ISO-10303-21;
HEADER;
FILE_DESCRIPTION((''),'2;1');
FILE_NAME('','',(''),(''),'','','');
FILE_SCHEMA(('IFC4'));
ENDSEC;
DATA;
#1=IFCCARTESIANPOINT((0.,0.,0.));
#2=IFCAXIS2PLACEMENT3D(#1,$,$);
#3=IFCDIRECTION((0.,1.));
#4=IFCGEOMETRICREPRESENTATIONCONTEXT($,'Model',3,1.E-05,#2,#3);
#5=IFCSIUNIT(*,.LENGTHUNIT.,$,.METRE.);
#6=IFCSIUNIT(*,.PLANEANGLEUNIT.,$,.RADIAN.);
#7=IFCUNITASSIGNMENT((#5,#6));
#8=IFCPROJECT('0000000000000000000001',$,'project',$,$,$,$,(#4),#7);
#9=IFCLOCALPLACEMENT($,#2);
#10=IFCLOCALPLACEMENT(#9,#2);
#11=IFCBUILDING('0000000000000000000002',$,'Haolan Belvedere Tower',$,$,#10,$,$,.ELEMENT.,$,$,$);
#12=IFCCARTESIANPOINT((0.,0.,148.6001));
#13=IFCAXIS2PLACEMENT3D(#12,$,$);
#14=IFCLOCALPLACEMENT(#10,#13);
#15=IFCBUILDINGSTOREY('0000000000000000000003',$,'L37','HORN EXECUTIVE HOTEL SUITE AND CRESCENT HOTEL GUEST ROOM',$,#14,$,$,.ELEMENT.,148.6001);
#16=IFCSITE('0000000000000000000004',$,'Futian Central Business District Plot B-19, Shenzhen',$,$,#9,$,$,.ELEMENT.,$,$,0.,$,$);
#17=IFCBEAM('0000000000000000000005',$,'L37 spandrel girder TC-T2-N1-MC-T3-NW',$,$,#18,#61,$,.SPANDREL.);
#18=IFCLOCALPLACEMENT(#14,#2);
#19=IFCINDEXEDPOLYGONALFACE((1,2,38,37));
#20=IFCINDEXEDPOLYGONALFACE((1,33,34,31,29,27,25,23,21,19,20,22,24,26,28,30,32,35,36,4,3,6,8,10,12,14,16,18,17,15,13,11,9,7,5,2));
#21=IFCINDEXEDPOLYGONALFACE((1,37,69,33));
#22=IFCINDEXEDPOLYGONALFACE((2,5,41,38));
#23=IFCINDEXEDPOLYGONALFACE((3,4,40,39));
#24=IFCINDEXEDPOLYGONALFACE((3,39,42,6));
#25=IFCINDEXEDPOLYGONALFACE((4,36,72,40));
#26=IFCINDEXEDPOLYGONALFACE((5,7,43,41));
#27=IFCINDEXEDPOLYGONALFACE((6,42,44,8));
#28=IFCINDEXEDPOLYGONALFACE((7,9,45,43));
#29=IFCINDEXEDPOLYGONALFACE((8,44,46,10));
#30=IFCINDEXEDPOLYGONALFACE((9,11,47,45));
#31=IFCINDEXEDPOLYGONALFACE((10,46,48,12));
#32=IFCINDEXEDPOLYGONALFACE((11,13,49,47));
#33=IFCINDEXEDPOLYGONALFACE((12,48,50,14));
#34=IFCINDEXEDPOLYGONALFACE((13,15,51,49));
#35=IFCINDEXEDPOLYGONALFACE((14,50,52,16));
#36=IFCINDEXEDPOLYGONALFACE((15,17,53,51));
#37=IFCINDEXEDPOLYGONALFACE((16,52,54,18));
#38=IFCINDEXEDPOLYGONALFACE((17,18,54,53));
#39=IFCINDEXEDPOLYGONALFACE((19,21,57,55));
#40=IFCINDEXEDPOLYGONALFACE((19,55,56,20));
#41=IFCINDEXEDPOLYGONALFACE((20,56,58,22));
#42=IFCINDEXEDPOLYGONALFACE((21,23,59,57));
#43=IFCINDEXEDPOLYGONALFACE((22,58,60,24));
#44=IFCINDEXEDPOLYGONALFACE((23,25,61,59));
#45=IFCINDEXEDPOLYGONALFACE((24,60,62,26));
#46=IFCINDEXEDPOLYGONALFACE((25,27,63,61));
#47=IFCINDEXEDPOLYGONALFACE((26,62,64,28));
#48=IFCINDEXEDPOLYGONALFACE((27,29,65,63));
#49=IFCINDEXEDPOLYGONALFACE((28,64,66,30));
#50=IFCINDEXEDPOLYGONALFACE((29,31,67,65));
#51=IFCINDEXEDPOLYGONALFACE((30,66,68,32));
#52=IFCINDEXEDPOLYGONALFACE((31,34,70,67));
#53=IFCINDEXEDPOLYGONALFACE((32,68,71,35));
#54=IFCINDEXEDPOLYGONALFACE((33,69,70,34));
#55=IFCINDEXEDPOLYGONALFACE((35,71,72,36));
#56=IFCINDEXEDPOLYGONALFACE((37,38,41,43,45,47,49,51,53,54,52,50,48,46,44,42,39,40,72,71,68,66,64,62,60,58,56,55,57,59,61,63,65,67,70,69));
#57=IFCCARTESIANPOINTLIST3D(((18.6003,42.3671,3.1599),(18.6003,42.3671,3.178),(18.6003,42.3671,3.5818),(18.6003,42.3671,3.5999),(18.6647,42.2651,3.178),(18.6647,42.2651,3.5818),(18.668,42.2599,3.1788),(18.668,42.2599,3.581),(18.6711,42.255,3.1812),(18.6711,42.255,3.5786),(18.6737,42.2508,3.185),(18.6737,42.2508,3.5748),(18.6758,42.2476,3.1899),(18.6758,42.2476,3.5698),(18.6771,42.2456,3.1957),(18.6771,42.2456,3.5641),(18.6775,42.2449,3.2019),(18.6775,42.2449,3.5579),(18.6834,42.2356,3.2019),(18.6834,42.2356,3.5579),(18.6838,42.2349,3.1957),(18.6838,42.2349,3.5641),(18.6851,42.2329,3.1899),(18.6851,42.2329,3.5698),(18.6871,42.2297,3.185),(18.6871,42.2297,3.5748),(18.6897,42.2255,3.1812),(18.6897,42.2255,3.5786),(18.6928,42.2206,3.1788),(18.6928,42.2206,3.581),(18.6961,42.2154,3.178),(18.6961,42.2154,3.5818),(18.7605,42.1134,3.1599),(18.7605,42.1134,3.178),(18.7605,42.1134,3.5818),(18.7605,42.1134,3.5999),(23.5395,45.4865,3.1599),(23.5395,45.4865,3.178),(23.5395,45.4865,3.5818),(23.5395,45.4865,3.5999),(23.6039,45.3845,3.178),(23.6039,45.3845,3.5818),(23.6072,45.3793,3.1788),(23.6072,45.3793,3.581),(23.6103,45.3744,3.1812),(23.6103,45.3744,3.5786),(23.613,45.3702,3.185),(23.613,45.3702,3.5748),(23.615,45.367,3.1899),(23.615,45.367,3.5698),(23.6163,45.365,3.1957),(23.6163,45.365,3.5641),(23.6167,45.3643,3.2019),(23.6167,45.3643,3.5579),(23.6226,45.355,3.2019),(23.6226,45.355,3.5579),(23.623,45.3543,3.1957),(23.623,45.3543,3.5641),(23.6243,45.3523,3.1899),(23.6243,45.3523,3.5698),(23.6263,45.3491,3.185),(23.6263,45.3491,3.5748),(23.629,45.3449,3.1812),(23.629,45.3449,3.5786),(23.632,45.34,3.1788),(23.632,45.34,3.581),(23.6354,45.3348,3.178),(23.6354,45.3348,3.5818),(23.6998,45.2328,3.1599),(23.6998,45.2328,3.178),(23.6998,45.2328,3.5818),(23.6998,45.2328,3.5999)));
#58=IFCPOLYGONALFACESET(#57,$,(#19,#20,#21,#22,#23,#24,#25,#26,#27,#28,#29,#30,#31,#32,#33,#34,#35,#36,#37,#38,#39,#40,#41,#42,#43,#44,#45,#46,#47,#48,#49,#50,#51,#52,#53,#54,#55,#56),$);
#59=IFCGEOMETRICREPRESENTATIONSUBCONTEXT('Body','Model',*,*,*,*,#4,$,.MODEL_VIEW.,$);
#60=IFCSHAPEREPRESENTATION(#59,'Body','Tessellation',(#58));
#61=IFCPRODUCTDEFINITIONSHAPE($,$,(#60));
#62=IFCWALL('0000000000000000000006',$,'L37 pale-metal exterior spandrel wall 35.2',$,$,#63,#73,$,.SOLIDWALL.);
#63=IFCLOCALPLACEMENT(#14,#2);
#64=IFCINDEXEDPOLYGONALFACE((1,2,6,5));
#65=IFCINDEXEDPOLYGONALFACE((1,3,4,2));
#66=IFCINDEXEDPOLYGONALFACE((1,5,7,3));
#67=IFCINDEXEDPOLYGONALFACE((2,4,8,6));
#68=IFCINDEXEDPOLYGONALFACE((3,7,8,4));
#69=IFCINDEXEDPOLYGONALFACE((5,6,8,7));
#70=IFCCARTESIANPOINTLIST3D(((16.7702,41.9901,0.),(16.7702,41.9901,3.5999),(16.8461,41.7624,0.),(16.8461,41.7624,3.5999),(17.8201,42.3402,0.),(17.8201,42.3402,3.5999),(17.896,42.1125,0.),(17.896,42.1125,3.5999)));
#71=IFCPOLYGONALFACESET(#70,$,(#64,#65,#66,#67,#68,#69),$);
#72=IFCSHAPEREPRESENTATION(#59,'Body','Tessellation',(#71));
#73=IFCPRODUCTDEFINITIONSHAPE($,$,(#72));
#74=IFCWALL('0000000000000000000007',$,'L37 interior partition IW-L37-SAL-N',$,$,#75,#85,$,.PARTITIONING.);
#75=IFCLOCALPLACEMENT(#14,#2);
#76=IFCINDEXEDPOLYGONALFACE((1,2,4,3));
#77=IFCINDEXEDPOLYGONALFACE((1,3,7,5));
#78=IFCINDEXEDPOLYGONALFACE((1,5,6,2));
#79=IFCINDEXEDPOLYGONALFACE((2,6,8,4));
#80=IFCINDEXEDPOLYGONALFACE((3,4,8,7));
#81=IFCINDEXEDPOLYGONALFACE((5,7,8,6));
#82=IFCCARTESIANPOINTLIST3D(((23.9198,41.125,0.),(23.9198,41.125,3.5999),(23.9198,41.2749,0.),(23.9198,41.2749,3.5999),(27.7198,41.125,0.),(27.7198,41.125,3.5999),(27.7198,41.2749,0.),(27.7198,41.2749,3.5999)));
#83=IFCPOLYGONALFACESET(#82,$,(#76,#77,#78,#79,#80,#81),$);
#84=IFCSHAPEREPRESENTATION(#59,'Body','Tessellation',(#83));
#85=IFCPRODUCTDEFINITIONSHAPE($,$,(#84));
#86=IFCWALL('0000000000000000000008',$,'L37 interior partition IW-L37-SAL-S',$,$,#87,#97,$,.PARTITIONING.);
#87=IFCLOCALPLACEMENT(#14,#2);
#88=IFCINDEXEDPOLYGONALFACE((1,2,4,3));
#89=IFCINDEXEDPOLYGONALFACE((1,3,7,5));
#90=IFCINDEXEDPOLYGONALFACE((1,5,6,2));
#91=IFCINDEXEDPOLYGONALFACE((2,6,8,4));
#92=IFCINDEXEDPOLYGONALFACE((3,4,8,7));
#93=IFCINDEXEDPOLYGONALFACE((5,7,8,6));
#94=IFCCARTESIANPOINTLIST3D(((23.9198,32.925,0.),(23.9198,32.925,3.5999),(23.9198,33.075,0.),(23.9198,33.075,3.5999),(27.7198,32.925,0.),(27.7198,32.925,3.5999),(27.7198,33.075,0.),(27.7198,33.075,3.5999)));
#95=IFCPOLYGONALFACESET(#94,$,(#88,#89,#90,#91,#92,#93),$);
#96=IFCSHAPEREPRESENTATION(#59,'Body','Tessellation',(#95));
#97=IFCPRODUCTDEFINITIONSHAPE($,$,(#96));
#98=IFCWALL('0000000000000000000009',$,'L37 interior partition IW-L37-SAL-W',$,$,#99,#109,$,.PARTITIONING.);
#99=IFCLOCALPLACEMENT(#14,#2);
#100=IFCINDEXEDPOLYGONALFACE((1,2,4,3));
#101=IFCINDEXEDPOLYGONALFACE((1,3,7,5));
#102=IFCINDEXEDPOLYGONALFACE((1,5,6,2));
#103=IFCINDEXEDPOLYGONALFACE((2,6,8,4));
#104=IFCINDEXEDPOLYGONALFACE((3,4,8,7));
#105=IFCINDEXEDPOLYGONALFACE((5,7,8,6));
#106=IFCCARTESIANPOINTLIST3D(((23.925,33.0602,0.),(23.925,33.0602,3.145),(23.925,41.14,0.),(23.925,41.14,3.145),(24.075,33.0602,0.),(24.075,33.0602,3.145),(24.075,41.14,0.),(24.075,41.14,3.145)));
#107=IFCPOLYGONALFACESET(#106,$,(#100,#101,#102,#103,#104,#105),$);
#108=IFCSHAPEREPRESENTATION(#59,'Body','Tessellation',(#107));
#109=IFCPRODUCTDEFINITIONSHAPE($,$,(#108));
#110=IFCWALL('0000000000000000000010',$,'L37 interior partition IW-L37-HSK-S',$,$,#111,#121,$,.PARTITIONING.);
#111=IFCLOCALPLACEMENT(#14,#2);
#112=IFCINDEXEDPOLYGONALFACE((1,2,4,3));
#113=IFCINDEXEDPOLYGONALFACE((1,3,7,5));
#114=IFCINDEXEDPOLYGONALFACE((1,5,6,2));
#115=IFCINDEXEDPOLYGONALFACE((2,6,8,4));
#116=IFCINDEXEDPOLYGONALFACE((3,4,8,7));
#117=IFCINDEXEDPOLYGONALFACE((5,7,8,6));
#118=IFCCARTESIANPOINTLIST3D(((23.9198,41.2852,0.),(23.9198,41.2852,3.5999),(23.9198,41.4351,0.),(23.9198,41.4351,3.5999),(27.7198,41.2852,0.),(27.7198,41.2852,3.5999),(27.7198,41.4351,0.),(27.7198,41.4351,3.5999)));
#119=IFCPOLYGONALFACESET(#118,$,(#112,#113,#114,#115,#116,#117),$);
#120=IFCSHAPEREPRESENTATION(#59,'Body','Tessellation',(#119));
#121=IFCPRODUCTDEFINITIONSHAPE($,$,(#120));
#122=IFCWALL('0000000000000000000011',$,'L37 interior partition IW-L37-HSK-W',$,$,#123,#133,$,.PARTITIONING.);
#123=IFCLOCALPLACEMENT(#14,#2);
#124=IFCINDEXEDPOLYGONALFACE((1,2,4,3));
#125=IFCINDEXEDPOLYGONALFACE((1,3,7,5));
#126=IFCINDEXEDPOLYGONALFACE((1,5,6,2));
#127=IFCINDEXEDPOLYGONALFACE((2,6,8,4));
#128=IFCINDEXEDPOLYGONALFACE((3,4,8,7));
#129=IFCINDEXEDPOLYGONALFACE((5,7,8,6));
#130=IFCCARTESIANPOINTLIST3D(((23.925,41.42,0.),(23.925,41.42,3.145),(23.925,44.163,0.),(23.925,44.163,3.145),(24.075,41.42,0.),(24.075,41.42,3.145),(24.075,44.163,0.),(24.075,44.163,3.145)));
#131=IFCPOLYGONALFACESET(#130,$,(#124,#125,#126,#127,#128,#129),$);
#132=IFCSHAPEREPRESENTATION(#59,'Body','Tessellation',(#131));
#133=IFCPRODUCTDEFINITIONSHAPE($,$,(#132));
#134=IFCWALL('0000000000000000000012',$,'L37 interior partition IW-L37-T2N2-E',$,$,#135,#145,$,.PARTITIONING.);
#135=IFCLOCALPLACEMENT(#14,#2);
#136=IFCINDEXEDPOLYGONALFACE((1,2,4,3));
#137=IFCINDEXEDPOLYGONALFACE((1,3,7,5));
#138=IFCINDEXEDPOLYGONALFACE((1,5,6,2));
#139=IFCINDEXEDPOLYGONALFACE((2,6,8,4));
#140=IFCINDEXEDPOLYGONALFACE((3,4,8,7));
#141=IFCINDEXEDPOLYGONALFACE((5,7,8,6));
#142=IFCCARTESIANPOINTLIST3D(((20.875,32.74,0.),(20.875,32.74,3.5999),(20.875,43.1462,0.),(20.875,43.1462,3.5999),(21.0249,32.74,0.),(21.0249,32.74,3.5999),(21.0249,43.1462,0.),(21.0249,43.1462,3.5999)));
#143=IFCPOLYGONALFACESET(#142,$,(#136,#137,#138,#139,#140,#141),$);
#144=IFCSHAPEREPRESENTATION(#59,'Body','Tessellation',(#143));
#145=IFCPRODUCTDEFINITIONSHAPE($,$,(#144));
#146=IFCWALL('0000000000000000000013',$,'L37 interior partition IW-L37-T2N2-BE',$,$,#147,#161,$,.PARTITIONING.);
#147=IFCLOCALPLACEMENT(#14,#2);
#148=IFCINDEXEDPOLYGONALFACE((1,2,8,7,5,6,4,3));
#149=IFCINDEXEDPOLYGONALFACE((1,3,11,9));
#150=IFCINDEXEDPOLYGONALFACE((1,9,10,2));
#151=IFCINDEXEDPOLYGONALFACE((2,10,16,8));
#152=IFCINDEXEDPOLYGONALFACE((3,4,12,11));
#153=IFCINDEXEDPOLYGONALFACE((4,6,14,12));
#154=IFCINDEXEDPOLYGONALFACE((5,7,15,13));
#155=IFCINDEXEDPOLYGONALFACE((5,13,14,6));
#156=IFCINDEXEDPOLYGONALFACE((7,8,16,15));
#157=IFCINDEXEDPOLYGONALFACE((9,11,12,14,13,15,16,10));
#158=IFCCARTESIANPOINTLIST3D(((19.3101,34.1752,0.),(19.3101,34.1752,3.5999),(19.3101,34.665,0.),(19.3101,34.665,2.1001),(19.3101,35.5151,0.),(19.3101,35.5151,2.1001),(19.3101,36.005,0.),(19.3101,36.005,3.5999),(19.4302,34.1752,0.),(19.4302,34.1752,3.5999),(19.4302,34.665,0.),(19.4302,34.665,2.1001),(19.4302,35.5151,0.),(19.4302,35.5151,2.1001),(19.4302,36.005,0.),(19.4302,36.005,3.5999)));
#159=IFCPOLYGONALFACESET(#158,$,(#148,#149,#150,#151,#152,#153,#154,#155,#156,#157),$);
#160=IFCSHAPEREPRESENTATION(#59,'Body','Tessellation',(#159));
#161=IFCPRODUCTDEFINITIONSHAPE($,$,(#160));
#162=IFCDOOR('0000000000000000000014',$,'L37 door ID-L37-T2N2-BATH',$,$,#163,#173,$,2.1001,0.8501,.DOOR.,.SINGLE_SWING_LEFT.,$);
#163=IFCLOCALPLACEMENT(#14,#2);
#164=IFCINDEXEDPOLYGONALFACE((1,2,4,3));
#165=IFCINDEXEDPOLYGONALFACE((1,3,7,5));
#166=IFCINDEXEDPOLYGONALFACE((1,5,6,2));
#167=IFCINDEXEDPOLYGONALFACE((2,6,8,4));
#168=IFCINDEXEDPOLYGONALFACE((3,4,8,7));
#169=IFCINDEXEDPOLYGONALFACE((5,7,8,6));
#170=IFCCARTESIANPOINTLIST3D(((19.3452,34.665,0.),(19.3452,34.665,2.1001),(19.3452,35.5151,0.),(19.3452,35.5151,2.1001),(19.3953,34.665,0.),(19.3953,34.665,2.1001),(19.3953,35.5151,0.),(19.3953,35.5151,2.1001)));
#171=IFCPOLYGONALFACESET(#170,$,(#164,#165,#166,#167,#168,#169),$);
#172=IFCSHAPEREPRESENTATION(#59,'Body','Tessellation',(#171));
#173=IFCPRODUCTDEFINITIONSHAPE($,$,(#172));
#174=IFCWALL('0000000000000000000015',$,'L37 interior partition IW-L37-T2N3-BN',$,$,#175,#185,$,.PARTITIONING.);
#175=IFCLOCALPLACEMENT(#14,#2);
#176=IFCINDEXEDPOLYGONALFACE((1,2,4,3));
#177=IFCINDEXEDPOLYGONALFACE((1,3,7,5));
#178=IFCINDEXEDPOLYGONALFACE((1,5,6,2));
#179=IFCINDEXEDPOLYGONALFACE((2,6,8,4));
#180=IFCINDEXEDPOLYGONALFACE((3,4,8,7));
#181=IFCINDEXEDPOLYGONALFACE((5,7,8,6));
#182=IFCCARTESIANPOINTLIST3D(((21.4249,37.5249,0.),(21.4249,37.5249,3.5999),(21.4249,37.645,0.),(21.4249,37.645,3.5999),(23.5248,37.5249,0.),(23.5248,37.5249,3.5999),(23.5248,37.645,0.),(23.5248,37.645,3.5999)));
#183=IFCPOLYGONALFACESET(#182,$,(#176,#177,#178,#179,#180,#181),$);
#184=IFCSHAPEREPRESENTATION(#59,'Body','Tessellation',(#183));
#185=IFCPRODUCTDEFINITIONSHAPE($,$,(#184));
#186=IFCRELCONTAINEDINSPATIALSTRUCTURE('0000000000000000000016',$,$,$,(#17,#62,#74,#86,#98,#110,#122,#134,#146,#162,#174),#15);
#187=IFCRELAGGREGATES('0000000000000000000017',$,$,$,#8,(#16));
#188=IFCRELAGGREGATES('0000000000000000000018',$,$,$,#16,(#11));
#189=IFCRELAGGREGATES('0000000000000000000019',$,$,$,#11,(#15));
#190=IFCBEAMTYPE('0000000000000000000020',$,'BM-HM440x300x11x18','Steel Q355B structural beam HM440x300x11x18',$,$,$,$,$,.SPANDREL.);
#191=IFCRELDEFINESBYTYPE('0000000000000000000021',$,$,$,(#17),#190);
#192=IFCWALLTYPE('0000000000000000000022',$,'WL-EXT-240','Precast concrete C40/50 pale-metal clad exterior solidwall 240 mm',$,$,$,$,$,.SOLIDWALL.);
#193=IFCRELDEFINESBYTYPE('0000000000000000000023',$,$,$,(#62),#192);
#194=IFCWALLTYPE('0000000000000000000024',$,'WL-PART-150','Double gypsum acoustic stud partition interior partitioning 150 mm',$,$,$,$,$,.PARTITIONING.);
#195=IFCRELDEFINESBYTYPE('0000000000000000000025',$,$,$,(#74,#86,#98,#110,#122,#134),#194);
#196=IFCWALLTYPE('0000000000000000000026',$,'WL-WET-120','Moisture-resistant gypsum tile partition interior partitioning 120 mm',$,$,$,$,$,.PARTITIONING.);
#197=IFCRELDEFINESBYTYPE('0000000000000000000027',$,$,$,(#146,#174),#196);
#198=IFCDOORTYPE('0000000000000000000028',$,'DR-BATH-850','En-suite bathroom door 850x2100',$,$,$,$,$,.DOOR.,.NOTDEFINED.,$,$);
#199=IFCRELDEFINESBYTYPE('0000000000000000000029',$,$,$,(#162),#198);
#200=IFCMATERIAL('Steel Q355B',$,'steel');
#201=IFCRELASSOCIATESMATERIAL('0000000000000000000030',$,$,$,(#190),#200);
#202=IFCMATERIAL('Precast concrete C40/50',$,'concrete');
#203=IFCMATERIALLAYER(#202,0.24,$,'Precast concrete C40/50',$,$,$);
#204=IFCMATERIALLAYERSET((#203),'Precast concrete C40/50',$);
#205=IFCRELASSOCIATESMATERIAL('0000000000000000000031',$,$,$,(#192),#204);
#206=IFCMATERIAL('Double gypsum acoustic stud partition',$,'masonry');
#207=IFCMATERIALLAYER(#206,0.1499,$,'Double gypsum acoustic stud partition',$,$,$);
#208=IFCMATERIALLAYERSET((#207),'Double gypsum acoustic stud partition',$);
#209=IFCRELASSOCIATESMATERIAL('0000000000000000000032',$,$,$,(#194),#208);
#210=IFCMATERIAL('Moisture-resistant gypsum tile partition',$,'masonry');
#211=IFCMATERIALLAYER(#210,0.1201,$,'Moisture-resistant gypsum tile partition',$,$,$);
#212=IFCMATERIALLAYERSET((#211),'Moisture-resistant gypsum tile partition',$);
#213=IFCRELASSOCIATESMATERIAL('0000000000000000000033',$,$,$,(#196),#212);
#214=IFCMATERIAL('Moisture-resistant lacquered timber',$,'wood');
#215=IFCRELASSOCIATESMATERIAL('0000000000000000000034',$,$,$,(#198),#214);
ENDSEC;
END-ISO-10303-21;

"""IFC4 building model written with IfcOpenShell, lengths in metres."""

from ifc_helpers import new_model, si_unit, direction, frame, frame_2d, origin, origin_2d, place, context, subcontext, project, spatial, rectangle, i_section, extrude, material, layer, layer_set, material_profile, profile_set, type_object, element, fill, save


model = new_model("IFC4")

# Units and contexts
model_context = context("Model", 3, precision=1e-05, world=origin(), true_north=direction((0.0, 1.0)))
body_context = subcontext(model_context, "Body", "Model", "MODEL_VIEW")
ifc_project = project(units=[si_unit("LENGTHUNIT", "METRE"), si_unit("PLANEANGLEUNIT", "RADIAN")], contexts=[model_context])

# Site, building, storey
site_placement = place(None, origin())
site = spatial("IfcSite", under=ifc_project, at=site_placement, Name="Futian Central Business District Plot B-19, Shenzhen", CompositionType="ELEMENT", RefElevation=0.0)
building_placement = place(site_placement, origin())
building = spatial("IfcBuilding", under=site, at=building_placement, Name="Haolan Belvedere Tower", CompositionType="ELEMENT")
storey_placement = place(building_placement, frame((0.0, 0.0, 148.6001)))
storey = spatial("IfcBuildingStorey", under=building, at=storey_placement, Name="L37", Description="HORN EXECUTIVE HOTEL SUITE AND CRESCENT HOTEL GUEST ROOM", CompositionType="ELEMENT", Elevation=148.6001)

# Beam
ifc_material_1 = material(Name="Steel Q355B", Category="steel")
ifc_material_profile_1 = material_profile(ifc_material_1, i_section(OverallWidth=0.3, OverallDepth=0.4399, WebThickness=0.011, FlangeThickness=0.0181, FilletRadius=0.0239, at=origin_2d()), Name="Steel Q355B")
ifc_profile_set_1 = profile_set([ifc_material_profile_1], Name="Steel Q355B")
beam_type = type_object("IfcBeamType", Name="BM-HM440x300x11x18", Description="Steel Q355B structural beam HM440x300x11x18", PredefinedType="SPANDREL", material=ifc_profile_set_1)
beam_placement = place(storey_placement, frame((18.6804, 42.2402, 3.3799), z_axis=(0.845498, 0.533979, 0.0), x_axis=(-0.533979, 0.845498, 0.0)))
element("IfcBeam", 1, at=beam_placement, inside=storey, type_object=beam_type, Name="L37 spandrel girder TC-T2-N1-MC-T3-NW", PredefinedType="SPANDREL", context=body_context, shape_type="SweptSolid", body=[
    extrude(i_section(OverallWidth=0.3, OverallDepth=0.4399, WebThickness=0.011, FlangeThickness=0.0181, FilletRadius=0.0239, at=origin_2d()), origin(), (0.0, 0.0, 1.0), 5.8418),
])

# Walls
ifc_material_2 = material(Name="Precast concrete C40/50", Category="concrete")
ifc_layer_1 = layer(ifc_material_2, 0.24, Name="Precast concrete C40/50")
ifc_layer_set_1 = layer_set([ifc_layer_1], Name="Precast concrete C40/50")
wall_type_1 = type_object("IfcWallType", Name="WL-EXT-240", Description="Precast concrete C40/50 pale-metal clad exterior solidwall 240 mm", PredefinedType="SOLIDWALL", material=ifc_layer_set_1)
wall_1_placement = place(storey_placement, frame((17.8579, 42.2263, 0.0), z_axis=(0.0, 0.0, 1.0), x_axis=(-0.948639, -0.31636, 0.0)))
element("IfcWall", 2, at=wall_1_placement, inside=storey, type_object=wall_type_1, Name="L37 pale-metal exterior spandrel wall 35.2", PredefinedType="SOLIDWALL", context=body_context, shape_type="SweptSolid", body=[
    extrude(rectangle(XDim=1.1067, YDim=0.24, at=frame_2d((0.5532, 0.0))), origin(), (0.0, 0.0, 1.0), 3.5999),
])
ifc_material_3 = material(Name="Double gypsum acoustic stud partition", Category="masonry")
ifc_layer_2 = layer(ifc_material_3, 0.1499, Name="Double gypsum acoustic stud partition")
ifc_layer_set_2 = layer_set([ifc_layer_2], Name="Double gypsum acoustic stud partition")
wall_type_2 = type_object("IfcWallType", Name="WL-PART-150", Description="Double gypsum acoustic stud partition interior partitioning 150 mm", PredefinedType="PARTITIONING", material=ifc_layer_set_2)
for number, where, z_axis, x_axis, name in (
    (3, (23.9199, 41.2, 0.0), (0.0, 0.0, 1.0), (1.0, 0.0, 0.0), "L37 interior partition IW-L37-SAL-N"),
    (4, (23.9199, 33.0, 0.0), (0.0, 0.0, 1.0), (1.0, 0.0, 0.0), "L37 interior partition IW-L37-SAL-S"),
):
    element("IfcWall", number, at=place(storey_placement, frame(where, z_axis=z_axis, x_axis=x_axis)), inside=storey, type_object=wall_type_2, Name=name, PredefinedType="PARTITIONING", context=body_context, shape_type="SweptSolid", body=[
        extrude(rectangle(XDim=3.8, YDim=0.1499, at=frame_2d((1.8999, 0.0))), origin(), (0.0, 0.0, 1.0), 3.5999),
    ])
wall_2_placement = place(storey_placement, frame((24.0, 33.0601, 0.0), z_axis=(0.0, 0.0, 1.0), x_axis=(0.0, 1.0, 0.0)))
element("IfcWall", 5, at=wall_2_placement, inside=storey, type_object=wall_type_2, Name="L37 interior partition IW-L37-SAL-W", PredefinedType="PARTITIONING", context=body_context, shape_type="SweptSolid", body=[
    extrude(rectangle(XDim=8.0798, YDim=0.1499, at=frame_2d((4.04, 0.0))), origin(), (0.0, 0.0, 1.0), 3.145),
])
wall_3_placement = place(storey_placement, frame((23.9199, 41.3601, 0.0), z_axis=(0.0, 0.0, 1.0), x_axis=(1.0, 0.0, 0.0)))
element("IfcWall", 6, at=wall_3_placement, inside=storey, type_object=wall_type_2, Name="L37 interior partition IW-L37-HSK-S", PredefinedType="PARTITIONING", context=body_context, shape_type="SweptSolid", body=[
    extrude(rectangle(XDim=3.8, YDim=0.1499, at=frame_2d((1.8999, 0.0))), origin(), (0.0, 0.0, 1.0), 3.5999),
])
wall_4_placement = place(storey_placement, frame((24.0, 41.4199, 0.0), z_axis=(0.0, 0.0, 1.0), x_axis=(0.0, 1.0, 0.0)))
element("IfcWall", 7, at=wall_4_placement, inside=storey, type_object=wall_type_2, Name="L37 interior partition IW-L37-HSK-W", PredefinedType="PARTITIONING", context=body_context, shape_type="SweptSolid", body=[
    extrude(rectangle(XDim=2.7429, YDim=0.1499, at=frame_2d((1.3716, 0.0))), origin(), (0.0, 0.0, 1.0), 3.145),
])
wall_5_placement = place(storey_placement, frame((20.95, 32.74, 0.0), z_axis=(0.0, 0.0, 1.0), x_axis=(0.0, 1.0, 0.0)))
element("IfcWall", 8, at=wall_5_placement, inside=storey, type_object=wall_type_2, Name="L37 interior partition IW-L37-T2N2-E", PredefinedType="PARTITIONING", context=body_context, shape_type="SweptSolid", body=[
    extrude(rectangle(XDim=10.4062, YDim=0.1499, at=frame_2d((5.2031, 0.0))), origin(), (0.0, 0.0, 1.0), 3.5999),
])

# Wall, opening, door
ifc_material_4 = material(Name="Moisture-resistant gypsum tile partition", Category="masonry")
ifc_layer_3 = layer(ifc_material_4, 0.1201, Name="Moisture-resistant gypsum tile partition")
ifc_layer_set_3 = layer_set([ifc_layer_3], Name="Moisture-resistant gypsum tile partition")
wall_type_3 = type_object("IfcWallType", Name="WL-WET-120", Description="Moisture-resistant gypsum tile partition interior partitioning 120 mm", PredefinedType="PARTITIONING", material=ifc_layer_set_3)
wall_6_placement = place(storey_placement, frame((19.3701, 34.175, 0.0), z_axis=(0.0, 0.0, 1.0), x_axis=(0.0, 1.0, 0.0)))
wall_6 = element("IfcWall", 9, at=wall_6_placement, inside=storey, type_object=wall_type_3, Name="L37 interior partition IW-L37-T2N2-BE", PredefinedType="PARTITIONING", context=body_context, shape_type="SweptSolid", body=[
    extrude(rectangle(XDim=1.8298, YDim=0.1201, at=frame_2d((0.915, 0.0))), origin(), (0.0, 0.0, 1.0), 3.5999),
])
opening_1_placement = place(wall_6_placement, frame((0.49, 0.0, 0.0)))
opening_1 = element("IfcOpeningElement", 10, at=opening_1_placement, cuts=wall_6, PredefinedType="OPENING", context=body_context, shape_type="SweptSolid", body=[
    extrude(rectangle(XDim=0.8501, YDim=2.1001, at=frame_2d((0.425, 1.05))), frame((0.0, 0.0701, 0.0), z_axis=(0.0, -1.0, 0.0), x_axis=(1.0, 0.0, 0.0)), (0.0, 0.0, 1.0), 0.1401),
])
ifc_material_5 = material(Name="Moisture-resistant lacquered timber", Category="wood")
door_type_1 = type_object("IfcDoorType", Name="DR-BATH-850", Description="En-suite bathroom door 850x2100", OperationType="NOTDEFINED", PredefinedType="DOOR", material=ifc_material_5)
door_1_placement = place(opening_1_placement, origin())
door_1 = element("IfcDoor", 11, at=door_1_placement, inside=storey, type_object=door_type_1, Name="L37 door ID-L37-T2N2-BATH", OperationType="SINGLE_SWING_LEFT", OverallHeight=2.1001, OverallWidth=0.8501, PredefinedType="DOOR", context=body_context, shape_type="SweptSolid", body=[
    extrude(rectangle(XDim=0.8501, YDim=2.1001, at=frame_2d((0.425, 1.05))), frame((0.0, 0.0249, 0.0), z_axis=(0.0, -1.0, 0.0), x_axis=(1.0, 0.0, 0.0)), (0.0, 0.0, 1.0), 0.05),
])
fill(opening_1, door_1)

# Wall
wall_7_placement = place(storey_placement, frame((21.425, 37.585, 0.0), z_axis=(0.0, 0.0, 1.0), x_axis=(1.0, 0.0, 0.0)))
element("IfcWall", 12, at=wall_7_placement, inside=storey, type_object=wall_type_3, Name="L37 interior partition IW-L37-T2N3-BN", PredefinedType="PARTITIONING", context=body_context, shape_type="SweptSolid", body=[
    extrude(rectangle(XDim=2.0999, YDim=0.1201, at=frame_2d((1.0498, 0.0))), origin(), (0.0, 0.0, 1.0), 3.5999),
])

save(model, "model.ifc")
